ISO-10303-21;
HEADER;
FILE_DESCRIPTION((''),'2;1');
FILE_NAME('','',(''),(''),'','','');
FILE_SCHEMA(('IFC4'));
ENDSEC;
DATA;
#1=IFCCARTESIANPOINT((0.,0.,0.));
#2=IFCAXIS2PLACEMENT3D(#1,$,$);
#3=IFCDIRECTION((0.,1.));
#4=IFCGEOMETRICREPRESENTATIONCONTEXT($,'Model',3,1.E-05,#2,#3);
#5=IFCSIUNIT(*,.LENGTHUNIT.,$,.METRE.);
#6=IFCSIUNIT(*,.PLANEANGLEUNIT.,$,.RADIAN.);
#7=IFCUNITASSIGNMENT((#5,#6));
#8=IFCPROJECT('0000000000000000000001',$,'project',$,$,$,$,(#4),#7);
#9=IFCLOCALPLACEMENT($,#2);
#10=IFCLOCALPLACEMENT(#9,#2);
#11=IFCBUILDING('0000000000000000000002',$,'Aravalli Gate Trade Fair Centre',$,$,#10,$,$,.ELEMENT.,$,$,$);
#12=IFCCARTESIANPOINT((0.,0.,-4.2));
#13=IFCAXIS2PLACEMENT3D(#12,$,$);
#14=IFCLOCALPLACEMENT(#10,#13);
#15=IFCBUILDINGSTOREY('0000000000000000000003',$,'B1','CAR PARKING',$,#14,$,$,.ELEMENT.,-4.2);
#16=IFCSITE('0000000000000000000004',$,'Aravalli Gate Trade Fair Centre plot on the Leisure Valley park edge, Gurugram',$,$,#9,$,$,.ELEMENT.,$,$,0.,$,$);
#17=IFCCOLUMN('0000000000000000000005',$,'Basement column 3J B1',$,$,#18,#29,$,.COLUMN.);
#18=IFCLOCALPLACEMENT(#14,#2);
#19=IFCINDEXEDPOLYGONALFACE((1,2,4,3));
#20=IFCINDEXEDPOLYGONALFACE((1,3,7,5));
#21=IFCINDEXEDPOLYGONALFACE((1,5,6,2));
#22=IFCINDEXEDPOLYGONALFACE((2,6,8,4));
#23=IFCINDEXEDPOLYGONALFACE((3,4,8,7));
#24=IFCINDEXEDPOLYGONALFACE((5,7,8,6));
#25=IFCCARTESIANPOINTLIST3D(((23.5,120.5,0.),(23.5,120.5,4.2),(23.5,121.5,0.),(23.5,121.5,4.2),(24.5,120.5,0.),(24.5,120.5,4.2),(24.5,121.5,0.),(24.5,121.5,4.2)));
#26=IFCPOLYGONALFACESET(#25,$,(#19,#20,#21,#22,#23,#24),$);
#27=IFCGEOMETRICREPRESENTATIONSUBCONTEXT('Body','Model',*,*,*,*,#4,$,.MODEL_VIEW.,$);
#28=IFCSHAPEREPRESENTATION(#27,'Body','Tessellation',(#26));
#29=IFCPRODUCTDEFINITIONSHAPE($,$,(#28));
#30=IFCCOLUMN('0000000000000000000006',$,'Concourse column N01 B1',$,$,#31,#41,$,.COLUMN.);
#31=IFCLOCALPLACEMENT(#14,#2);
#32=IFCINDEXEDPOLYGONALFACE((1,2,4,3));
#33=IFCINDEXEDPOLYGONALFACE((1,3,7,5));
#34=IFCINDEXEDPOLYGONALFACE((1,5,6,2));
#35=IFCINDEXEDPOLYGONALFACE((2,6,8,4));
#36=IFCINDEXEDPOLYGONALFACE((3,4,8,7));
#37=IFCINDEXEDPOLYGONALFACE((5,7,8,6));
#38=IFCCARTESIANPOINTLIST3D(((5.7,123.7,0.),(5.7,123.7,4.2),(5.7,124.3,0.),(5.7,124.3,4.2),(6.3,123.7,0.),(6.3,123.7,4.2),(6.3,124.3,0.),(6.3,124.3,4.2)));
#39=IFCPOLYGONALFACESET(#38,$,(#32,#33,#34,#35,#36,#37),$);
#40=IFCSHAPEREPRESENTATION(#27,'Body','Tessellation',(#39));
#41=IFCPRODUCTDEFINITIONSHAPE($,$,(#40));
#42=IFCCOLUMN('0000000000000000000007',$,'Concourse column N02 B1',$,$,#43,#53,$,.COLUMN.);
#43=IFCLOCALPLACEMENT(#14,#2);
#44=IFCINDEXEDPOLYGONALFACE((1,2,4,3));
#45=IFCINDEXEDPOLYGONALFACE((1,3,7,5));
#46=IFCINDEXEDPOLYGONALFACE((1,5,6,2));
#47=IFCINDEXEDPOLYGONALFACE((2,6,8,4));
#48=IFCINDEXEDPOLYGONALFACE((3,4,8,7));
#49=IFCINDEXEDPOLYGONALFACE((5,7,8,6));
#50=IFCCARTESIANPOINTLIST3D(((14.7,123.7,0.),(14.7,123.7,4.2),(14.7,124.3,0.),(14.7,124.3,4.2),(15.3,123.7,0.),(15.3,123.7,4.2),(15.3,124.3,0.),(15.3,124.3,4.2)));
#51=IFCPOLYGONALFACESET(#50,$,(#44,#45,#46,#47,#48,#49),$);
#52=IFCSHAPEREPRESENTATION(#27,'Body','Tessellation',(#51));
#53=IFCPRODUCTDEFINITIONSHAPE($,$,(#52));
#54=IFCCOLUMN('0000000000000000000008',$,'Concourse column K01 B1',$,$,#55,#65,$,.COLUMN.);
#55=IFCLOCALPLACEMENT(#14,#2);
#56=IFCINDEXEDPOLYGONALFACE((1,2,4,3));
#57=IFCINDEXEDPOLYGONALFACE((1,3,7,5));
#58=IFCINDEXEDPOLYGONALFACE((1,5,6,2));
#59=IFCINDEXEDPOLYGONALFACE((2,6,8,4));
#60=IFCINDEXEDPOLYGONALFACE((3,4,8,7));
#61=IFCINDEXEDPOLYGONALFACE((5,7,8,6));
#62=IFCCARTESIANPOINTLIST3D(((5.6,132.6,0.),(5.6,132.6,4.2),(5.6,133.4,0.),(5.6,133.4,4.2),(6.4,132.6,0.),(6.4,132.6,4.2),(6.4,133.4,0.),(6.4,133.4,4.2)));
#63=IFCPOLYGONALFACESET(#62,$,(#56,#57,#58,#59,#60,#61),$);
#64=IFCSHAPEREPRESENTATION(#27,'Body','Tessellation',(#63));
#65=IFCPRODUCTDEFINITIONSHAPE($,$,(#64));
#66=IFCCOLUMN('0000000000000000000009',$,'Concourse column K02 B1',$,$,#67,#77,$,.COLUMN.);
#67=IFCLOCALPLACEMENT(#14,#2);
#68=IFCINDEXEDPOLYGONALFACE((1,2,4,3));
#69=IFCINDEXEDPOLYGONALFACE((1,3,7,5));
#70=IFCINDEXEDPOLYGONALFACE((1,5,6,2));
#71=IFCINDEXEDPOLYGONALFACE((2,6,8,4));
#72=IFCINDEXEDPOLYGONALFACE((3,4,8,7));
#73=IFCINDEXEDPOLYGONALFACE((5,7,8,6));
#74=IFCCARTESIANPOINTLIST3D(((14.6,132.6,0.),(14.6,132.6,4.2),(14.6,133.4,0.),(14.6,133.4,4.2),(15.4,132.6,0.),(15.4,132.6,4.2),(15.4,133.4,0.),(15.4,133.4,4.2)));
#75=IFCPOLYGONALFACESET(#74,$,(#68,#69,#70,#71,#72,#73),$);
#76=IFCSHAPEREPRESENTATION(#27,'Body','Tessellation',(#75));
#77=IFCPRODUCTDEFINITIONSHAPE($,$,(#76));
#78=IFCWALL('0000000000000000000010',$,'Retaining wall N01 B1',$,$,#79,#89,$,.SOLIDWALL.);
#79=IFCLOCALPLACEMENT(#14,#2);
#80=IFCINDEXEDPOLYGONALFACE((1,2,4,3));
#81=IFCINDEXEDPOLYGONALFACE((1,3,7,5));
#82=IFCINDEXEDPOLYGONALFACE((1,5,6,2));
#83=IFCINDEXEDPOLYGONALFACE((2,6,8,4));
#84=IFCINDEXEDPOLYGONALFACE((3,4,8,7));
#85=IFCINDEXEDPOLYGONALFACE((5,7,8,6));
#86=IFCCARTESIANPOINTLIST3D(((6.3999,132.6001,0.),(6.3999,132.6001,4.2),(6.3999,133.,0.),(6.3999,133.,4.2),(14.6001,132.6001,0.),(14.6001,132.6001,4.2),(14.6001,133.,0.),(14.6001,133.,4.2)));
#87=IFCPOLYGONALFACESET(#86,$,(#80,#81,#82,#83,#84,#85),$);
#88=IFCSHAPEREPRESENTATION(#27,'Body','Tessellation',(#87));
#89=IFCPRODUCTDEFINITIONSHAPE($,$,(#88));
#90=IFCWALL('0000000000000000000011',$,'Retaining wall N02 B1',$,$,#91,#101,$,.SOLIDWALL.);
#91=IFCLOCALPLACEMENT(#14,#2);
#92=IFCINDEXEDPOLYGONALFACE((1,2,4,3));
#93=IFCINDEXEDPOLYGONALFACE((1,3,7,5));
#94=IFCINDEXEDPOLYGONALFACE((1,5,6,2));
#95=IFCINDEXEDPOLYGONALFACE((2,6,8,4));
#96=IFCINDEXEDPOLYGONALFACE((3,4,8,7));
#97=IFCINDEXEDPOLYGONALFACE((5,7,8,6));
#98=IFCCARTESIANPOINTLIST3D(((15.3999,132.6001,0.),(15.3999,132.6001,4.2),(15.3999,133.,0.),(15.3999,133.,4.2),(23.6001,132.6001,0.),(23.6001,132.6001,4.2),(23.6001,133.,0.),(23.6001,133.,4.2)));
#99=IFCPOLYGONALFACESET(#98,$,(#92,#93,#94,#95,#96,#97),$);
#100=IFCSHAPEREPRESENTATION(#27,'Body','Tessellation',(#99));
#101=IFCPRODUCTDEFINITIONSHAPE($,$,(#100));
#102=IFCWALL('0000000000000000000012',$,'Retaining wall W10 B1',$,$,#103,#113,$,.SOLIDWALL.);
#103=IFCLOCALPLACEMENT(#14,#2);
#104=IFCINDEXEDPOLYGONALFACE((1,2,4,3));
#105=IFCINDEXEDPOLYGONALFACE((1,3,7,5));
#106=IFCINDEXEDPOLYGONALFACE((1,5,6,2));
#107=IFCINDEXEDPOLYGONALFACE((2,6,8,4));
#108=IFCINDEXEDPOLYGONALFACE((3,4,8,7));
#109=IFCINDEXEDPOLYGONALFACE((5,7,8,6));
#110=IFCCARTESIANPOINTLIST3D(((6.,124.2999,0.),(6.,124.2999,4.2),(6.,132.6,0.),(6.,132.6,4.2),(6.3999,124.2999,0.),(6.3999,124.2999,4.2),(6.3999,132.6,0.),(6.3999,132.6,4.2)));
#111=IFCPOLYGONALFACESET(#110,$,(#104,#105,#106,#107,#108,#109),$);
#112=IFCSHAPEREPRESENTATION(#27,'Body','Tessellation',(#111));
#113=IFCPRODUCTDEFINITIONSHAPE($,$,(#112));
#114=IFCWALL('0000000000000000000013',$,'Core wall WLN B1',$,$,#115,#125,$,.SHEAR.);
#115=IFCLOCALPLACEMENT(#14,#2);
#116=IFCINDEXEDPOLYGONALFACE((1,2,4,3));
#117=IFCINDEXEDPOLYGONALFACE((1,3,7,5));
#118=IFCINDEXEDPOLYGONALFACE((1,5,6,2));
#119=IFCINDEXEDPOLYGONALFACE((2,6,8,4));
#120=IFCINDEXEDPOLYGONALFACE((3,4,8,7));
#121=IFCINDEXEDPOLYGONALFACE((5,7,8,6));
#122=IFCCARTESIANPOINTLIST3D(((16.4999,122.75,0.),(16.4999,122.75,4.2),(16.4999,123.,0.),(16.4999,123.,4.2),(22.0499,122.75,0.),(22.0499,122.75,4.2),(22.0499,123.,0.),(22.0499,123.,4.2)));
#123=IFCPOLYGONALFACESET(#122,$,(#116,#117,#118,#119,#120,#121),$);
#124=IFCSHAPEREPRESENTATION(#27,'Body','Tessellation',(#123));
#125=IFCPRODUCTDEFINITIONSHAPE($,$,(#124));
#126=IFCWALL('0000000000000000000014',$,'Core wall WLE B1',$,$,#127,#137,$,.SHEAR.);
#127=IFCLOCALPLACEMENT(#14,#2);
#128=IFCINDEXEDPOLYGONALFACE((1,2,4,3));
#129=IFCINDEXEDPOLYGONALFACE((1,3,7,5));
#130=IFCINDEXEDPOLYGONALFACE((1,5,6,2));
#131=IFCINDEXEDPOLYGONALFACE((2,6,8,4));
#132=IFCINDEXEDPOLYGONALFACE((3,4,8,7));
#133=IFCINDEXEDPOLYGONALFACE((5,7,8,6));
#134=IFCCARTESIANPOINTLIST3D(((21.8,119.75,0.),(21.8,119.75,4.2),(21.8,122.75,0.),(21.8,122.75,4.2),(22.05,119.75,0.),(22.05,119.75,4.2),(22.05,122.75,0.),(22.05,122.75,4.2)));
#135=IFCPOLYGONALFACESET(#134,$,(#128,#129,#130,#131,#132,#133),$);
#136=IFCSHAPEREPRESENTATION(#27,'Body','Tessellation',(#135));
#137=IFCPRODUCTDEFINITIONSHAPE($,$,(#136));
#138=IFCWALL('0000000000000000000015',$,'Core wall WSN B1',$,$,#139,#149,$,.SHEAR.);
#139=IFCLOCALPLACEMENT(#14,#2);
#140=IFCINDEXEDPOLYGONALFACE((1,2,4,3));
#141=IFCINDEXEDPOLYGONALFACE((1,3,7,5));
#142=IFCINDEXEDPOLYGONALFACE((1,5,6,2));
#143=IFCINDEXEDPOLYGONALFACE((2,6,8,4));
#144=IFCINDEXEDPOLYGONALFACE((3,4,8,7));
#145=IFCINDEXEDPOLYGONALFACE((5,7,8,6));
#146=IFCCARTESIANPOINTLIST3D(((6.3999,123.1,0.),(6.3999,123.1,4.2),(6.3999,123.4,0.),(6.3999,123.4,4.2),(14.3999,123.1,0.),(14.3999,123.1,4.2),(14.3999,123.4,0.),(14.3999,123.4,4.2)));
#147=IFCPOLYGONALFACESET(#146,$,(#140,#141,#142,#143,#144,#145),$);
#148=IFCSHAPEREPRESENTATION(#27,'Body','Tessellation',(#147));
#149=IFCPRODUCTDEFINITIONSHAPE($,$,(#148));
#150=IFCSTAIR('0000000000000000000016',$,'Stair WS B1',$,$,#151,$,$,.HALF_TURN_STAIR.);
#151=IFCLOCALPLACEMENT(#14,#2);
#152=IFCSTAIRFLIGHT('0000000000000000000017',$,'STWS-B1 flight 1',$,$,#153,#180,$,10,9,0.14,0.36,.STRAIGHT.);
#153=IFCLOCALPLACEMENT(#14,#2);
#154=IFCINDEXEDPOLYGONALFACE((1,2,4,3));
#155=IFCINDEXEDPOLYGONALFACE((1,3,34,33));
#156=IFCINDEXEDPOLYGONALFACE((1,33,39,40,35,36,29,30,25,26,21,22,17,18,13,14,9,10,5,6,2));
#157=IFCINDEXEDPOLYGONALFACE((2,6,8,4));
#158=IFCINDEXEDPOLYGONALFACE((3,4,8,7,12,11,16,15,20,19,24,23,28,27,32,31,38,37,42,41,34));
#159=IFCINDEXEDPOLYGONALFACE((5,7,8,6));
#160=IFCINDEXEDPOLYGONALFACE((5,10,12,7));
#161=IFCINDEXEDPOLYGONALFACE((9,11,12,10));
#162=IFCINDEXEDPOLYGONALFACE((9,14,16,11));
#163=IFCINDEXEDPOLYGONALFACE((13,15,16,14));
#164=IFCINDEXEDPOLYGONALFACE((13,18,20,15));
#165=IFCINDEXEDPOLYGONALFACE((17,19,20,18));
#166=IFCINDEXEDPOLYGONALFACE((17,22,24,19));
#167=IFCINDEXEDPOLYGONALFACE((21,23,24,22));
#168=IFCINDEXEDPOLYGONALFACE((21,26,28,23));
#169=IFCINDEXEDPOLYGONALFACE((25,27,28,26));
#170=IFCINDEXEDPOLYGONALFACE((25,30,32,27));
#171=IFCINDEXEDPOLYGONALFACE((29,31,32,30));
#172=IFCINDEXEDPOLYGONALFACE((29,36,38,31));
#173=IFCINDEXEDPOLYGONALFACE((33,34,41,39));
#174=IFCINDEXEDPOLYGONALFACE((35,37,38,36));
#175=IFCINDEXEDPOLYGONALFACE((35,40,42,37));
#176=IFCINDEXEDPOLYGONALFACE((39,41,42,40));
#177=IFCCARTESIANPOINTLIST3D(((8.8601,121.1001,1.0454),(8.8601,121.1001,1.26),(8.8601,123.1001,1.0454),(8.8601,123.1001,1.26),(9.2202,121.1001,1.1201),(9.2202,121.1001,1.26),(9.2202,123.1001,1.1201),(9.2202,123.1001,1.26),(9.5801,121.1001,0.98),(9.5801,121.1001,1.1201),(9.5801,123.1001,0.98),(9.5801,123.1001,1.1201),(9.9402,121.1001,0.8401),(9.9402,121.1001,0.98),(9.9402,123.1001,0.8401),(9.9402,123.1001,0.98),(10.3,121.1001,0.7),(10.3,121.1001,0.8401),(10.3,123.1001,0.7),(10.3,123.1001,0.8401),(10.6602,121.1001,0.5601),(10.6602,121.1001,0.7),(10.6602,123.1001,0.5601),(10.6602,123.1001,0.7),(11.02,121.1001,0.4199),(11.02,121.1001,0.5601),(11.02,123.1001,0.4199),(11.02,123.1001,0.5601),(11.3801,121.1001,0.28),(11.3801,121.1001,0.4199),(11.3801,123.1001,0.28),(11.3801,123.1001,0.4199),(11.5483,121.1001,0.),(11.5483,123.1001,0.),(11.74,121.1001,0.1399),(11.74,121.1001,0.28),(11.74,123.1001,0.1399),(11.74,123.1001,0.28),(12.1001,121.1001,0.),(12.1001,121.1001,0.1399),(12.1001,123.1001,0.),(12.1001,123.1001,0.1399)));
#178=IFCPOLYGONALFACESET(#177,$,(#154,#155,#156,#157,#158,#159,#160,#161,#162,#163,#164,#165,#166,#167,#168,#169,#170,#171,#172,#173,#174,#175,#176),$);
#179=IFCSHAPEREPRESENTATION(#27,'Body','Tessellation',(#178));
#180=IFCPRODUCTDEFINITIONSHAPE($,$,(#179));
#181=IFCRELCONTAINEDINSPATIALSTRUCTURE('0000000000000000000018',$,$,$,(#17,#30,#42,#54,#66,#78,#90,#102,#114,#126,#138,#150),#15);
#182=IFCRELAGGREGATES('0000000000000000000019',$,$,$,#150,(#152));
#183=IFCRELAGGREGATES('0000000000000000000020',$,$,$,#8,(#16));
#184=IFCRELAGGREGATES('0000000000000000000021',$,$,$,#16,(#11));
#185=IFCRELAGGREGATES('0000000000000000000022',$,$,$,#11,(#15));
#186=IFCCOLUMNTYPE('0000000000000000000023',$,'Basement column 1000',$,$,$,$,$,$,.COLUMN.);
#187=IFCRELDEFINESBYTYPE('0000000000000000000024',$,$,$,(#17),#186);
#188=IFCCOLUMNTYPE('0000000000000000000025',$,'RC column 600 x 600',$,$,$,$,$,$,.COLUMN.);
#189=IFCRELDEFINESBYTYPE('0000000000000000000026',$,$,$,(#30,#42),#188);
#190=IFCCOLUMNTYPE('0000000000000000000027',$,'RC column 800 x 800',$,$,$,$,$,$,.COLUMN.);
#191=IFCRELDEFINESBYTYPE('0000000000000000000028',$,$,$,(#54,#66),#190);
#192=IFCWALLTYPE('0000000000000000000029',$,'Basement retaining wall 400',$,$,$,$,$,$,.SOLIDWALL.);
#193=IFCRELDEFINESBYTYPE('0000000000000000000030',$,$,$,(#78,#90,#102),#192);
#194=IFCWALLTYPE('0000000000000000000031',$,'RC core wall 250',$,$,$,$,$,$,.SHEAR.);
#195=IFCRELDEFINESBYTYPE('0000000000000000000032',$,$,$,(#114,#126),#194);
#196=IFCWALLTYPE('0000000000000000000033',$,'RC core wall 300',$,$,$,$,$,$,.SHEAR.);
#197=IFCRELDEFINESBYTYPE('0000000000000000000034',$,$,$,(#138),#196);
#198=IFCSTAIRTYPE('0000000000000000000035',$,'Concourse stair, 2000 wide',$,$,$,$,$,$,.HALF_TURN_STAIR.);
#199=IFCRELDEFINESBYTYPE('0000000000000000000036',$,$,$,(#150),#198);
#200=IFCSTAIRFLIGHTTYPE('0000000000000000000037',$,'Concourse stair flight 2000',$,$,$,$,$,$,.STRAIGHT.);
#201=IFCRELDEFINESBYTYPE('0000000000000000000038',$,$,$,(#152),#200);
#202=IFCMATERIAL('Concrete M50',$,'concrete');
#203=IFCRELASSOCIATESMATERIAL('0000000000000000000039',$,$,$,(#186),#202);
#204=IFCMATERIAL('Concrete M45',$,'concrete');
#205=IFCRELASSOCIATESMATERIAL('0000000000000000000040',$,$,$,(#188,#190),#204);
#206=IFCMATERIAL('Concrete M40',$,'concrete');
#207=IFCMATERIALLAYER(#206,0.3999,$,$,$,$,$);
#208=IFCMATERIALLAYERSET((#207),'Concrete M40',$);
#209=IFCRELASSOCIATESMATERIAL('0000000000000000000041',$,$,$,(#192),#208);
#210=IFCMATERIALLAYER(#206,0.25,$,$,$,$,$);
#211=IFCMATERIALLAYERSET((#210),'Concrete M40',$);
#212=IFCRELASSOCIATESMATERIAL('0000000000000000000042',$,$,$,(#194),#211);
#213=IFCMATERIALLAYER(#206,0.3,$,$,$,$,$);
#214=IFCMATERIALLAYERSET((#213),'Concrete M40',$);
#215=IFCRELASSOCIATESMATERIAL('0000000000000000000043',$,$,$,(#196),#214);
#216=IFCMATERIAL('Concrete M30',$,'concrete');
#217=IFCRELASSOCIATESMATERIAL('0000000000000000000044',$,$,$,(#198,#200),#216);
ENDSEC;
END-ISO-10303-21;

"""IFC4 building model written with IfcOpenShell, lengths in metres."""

from ifc_helpers import new_model, si_unit, direction, frame, frame_2d, origin, origin_2d, place, context, subcontext, project, spatial, polyline, rectangle, outline, extrude, material, layer, layer_set, material_profile, profile_set, type_object, element, aggregate, save


model = new_model("IFC4")

# Units and contexts
model_context = context("Model", 3, precision=1e-05, world=origin(), true_north=direction((0.0, 1.0)))
body_context = subcontext(model_context, "Body", "Model", "MODEL_VIEW")
ifc_project = project(units=[si_unit("LENGTHUNIT", "METRE"), si_unit("PLANEANGLEUNIT", "RADIAN")], contexts=[model_context])

# Site, building, storey
site_placement = place(None, origin())
site = spatial("IfcSite", under=ifc_project, at=site_placement, Name="Aravalli Gate Trade Fair Centre plot on the Leisure Valley park edge, Gurugram", CompositionType="ELEMENT", RefElevation=0.0)
building_placement = place(site_placement, origin())
building = spatial("IfcBuilding", under=site, at=building_placement, Name="Aravalli Gate Trade Fair Centre", CompositionType="ELEMENT")
storey_placement = place(building_placement, frame((0.0, 0.0, -4.2)))
storey = spatial("IfcBuildingStorey", under=building, at=storey_placement, Name="B1", Description="CAR PARKING", CompositionType="ELEMENT", Elevation=-4.2)

# Columns
ifc_material_1 = material(Name="Concrete M50", Category="concrete")
ifc_material_profile_1 = material_profile(ifc_material_1, rectangle(XDim=1.0, YDim=1.0, at=origin_2d()), Name="RC 1000 x 1000")
ifc_profile_set_1 = profile_set([ifc_material_profile_1], Name="Concrete M50")
column_type_1 = type_object("IfcColumnType", Name="Basement column 1000", PredefinedType="COLUMN", material=ifc_profile_set_1)
column_placement = place(storey_placement, frame((24.0, 121.0, 0.0), z_axis=(0.0, 0.0, 1.0), x_axis=(1.0, 0.0, 0.0)))
element("IfcColumn", 1, at=column_placement, inside=storey, type_object=column_type_1, Name="Basement column 3J B1", PredefinedType="COLUMN", context=body_context, shape_type="SweptSolid", body=[
    extrude(rectangle(XDim=1.0, YDim=1.0, at=origin_2d()), origin(), (0.0, 0.0, 1.0), 4.2),
])
ifc_material_2 = material(Name="Concrete M45", Category="concrete")
ifc_material_profile_2 = material_profile(ifc_material_2, rectangle(XDim=0.6001, YDim=0.6001, at=origin_2d()), Name="RC column 600 x 600")
ifc_profile_set_2 = profile_set([ifc_material_profile_2], Name="Concrete M45")
column_type_2 = type_object("IfcColumnType", Name="RC column 600 x 600", PredefinedType="COLUMN", material=ifc_profile_set_2)
for number, where, z_axis, x_axis, name in (
    (2, (6.0, 124.0, 0.0), (0.0, 0.0, 1.0), (1.0, 0.0, 0.0), "Concourse column N01 B1"),
    (3, (15.0, 124.0, 0.0), (0.0, 0.0, 1.0), (1.0, 0.0, 0.0), "Concourse column N02 B1"),
):
    element("IfcColumn", number, at=place(storey_placement, frame(where, z_axis=z_axis, x_axis=x_axis)), inside=storey, type_object=column_type_2, Name=name, PredefinedType="COLUMN", context=body_context, shape_type="SweptSolid", body=[
        extrude(rectangle(XDim=0.6001, YDim=0.6001, at=origin_2d()), origin(), (0.0, 0.0, 1.0), 4.2),
    ])
ifc_material_profile_3 = material_profile(ifc_material_2, rectangle(XDim=0.8, YDim=0.8, at=origin_2d()), Name="RC column 800 x 800")
ifc_profile_set_3 = profile_set([ifc_material_profile_3], Name="Concrete M45")
column_type_3 = type_object("IfcColumnType", Name="RC column 800 x 800", PredefinedType="COLUMN", material=ifc_profile_set_3)
for number, where, z_axis, x_axis, name in (
    (4, (6.0, 133.0, 0.0), (0.0, 0.0, 1.0), (1.0, 0.0, 0.0), "Concourse column K01 B1"),
    (5, (15.0, 133.0, 0.0), (0.0, 0.0, 1.0), (1.0, 0.0, 0.0), "Concourse column K02 B1"),
):
    element("IfcColumn", number, at=place(storey_placement, frame(where, z_axis=z_axis, x_axis=x_axis)), inside=storey, type_object=column_type_3, Name=name, PredefinedType="COLUMN", context=body_context, shape_type="SweptSolid", body=[
        extrude(rectangle(XDim=0.8, YDim=0.8, at=origin_2d()), origin(), (0.0, 0.0, 1.0), 4.2),
    ])

# Walls
ifc_material_3 = material(Name="Concrete M40", Category="concrete")
ifc_layer_1 = layer(ifc_material_3, 0.3999)
ifc_layer_set_1 = layer_set([ifc_layer_1], Name="Concrete M40")
wall_type_1 = type_object("IfcWallType", Name="Basement retaining wall 400", PredefinedType="SOLIDWALL", material=ifc_layer_set_1)
for number, where, z_axis, x_axis, name in (
    (6, (6.3999, 132.8, 0.0), (0.0, 0.0, 1.0), (1.0, 0.0, 0.0), "Retaining wall N01 B1"),
    (7, (15.3999, 132.8, 0.0), (0.0, 0.0, 1.0), (1.0, 0.0, 0.0), "Retaining wall N02 B1"),
):
    element("IfcWall", number, at=place(storey_placement, frame(where, z_axis=z_axis, x_axis=x_axis)), inside=storey, type_object=wall_type_1, Name=name, PredefinedType="SOLIDWALL", context=body_context, shape_type="SweptSolid", body=[
        extrude(rectangle(XDim=8.2002, YDim=0.3999, at=frame_2d((4.1001, 0.0))), origin(), (0.0, 0.0, 1.0), 4.2),
    ])
wall_1_placement = place(storey_placement, frame((6.2, 124.3, 0.0), z_axis=(0.0, 0.0, 1.0), x_axis=(0.0, 1.0, 0.0)))
element("IfcWall", 8, at=wall_1_placement, inside=storey, type_object=wall_type_1, Name="Retaining wall W10 B1", PredefinedType="SOLIDWALL", context=body_context, shape_type="SweptSolid", body=[
    extrude(rectangle(XDim=8.3, YDim=0.3999, at=frame_2d((4.1499, 0.0))), origin(), (0.0, 0.0, 1.0), 4.2),
])
ifc_layer_2 = layer(ifc_material_3, 0.25)
ifc_layer_set_2 = layer_set([ifc_layer_2], Name="Concrete M40")
wall_type_2 = type_object("IfcWallType", Name="RC core wall 250", PredefinedType="SHEAR", material=ifc_layer_set_2)
wall_2_placement = place(storey_placement, frame((16.5, 122.875, 0.0), z_axis=(0.0, 0.0, 1.0), x_axis=(1.0, 0.0, 0.0)))
element("IfcWall", 9, at=wall_2_placement, inside=storey, type_object=wall_type_2, Name="Core wall WLN B1", PredefinedType="SHEAR", context=body_context, shape_type="SweptSolid", body=[
    extrude(rectangle(XDim=5.55, YDim=0.25, at=frame_2d((2.7749, 0.0))), origin(), (0.0, 0.0, 1.0), 4.2),
])
wall_3_placement = place(storey_placement, frame((21.925, 119.75, 0.0), z_axis=(0.0, 0.0, 1.0), x_axis=(0.0, 1.0, 0.0)))
element("IfcWall", 10, at=wall_3_placement, inside=storey, type_object=wall_type_2, Name="Core wall WLE B1", PredefinedType="SHEAR", context=body_context, shape_type="SweptSolid", body=[
    extrude(rectangle(XDim=3.0, YDim=0.25, at=frame_2d((1.5, 0.0))), origin(), (0.0, 0.0, 1.0), 4.2),
])
ifc_layer_3 = layer(ifc_material_3, 0.3)
ifc_layer_set_3 = layer_set([ifc_layer_3], Name="Concrete M40")
wall_type_3 = type_object("IfcWallType", Name="RC core wall 300", PredefinedType="SHEAR", material=ifc_layer_set_3)
wall_4_placement = place(storey_placement, frame((6.3999, 123.25, 0.0), z_axis=(0.0, 0.0, 1.0), x_axis=(1.0, 0.0, 0.0)))
element("IfcWall", 11, at=wall_4_placement, inside=storey, type_object=wall_type_3, Name="Core wall WSN B1", PredefinedType="SHEAR", context=body_context, shape_type="SweptSolid", body=[
    extrude(rectangle(XDim=8.0, YDim=0.3, at=frame_2d((4.0, 0.0))), origin(), (0.0, 0.0, 1.0), 4.2),
])

# Stair, stair flight
ifc_material_4 = material(Name="Concrete M30", Category="concrete")
stair_type = type_object("IfcStairType", Name="Concourse stair, 2000 wide", PredefinedType="HALF_TURN_STAIR", material=ifc_material_4)
stair_placement = place(storey_placement, origin())
stair = element("IfcStair", 12, at=stair_placement, inside=storey, type_object=stair_type, Name="Stair WS B1", PredefinedType="HALF_TURN_STAIR")
stair_flight_type = type_object("IfcStairFlightType", Name="Concourse stair flight 2000", PredefinedType="STRAIGHT", material=ifc_material_4)
stair_flight_1_placement = place(storey_placement, frame((12.1001, 122.1001, 0.0), z_axis=(0.0, 0.0, 1.0), x_axis=(-1.0, 0.0, 0.0)))
stair_flight_1 = element("IfcStairFlight", 13, at=stair_flight_1_placement, type_object=stair_flight_type, Name="STWS-B1 flight 1", NumberOfRisers=10, NumberOfTreads=9, PredefinedType="STRAIGHT", RiserHeight=0.14, TreadLength=0.36, context=body_context, shape_type="SweptSolid", body=[
    extrude(outline(polyline([(0.0, 0.0), (0.0, 0.1399), (0.3601, 0.1399), (0.3601, 0.28), (0.72, 0.28), (0.72, 0.4199), (1.0801, 0.4199), (1.0801, 0.5601), (1.4399, 0.5601), (1.4399, 0.7), (1.8, 0.7), (1.8, 0.8401), (2.1599, 0.8401), (2.1599, 0.98), (2.52, 0.98), (2.52, 1.1201), (2.8799, 1.1201), (2.8799, 1.26), (3.24, 1.26), (3.24, 1.3999), (3.24, 1.0454), (0.5518, 0.0), (0.0, 0.0)])), frame((0.0, 1.0, 0.0), z_axis=(0.0, -1.0, 0.0), x_axis=(1.0, 0.0, 0.0)), (0.0, 0.0, 1.0), 2.0),
])
aggregate(stair, [stair_flight_1])

save(model, "model.ifc")
